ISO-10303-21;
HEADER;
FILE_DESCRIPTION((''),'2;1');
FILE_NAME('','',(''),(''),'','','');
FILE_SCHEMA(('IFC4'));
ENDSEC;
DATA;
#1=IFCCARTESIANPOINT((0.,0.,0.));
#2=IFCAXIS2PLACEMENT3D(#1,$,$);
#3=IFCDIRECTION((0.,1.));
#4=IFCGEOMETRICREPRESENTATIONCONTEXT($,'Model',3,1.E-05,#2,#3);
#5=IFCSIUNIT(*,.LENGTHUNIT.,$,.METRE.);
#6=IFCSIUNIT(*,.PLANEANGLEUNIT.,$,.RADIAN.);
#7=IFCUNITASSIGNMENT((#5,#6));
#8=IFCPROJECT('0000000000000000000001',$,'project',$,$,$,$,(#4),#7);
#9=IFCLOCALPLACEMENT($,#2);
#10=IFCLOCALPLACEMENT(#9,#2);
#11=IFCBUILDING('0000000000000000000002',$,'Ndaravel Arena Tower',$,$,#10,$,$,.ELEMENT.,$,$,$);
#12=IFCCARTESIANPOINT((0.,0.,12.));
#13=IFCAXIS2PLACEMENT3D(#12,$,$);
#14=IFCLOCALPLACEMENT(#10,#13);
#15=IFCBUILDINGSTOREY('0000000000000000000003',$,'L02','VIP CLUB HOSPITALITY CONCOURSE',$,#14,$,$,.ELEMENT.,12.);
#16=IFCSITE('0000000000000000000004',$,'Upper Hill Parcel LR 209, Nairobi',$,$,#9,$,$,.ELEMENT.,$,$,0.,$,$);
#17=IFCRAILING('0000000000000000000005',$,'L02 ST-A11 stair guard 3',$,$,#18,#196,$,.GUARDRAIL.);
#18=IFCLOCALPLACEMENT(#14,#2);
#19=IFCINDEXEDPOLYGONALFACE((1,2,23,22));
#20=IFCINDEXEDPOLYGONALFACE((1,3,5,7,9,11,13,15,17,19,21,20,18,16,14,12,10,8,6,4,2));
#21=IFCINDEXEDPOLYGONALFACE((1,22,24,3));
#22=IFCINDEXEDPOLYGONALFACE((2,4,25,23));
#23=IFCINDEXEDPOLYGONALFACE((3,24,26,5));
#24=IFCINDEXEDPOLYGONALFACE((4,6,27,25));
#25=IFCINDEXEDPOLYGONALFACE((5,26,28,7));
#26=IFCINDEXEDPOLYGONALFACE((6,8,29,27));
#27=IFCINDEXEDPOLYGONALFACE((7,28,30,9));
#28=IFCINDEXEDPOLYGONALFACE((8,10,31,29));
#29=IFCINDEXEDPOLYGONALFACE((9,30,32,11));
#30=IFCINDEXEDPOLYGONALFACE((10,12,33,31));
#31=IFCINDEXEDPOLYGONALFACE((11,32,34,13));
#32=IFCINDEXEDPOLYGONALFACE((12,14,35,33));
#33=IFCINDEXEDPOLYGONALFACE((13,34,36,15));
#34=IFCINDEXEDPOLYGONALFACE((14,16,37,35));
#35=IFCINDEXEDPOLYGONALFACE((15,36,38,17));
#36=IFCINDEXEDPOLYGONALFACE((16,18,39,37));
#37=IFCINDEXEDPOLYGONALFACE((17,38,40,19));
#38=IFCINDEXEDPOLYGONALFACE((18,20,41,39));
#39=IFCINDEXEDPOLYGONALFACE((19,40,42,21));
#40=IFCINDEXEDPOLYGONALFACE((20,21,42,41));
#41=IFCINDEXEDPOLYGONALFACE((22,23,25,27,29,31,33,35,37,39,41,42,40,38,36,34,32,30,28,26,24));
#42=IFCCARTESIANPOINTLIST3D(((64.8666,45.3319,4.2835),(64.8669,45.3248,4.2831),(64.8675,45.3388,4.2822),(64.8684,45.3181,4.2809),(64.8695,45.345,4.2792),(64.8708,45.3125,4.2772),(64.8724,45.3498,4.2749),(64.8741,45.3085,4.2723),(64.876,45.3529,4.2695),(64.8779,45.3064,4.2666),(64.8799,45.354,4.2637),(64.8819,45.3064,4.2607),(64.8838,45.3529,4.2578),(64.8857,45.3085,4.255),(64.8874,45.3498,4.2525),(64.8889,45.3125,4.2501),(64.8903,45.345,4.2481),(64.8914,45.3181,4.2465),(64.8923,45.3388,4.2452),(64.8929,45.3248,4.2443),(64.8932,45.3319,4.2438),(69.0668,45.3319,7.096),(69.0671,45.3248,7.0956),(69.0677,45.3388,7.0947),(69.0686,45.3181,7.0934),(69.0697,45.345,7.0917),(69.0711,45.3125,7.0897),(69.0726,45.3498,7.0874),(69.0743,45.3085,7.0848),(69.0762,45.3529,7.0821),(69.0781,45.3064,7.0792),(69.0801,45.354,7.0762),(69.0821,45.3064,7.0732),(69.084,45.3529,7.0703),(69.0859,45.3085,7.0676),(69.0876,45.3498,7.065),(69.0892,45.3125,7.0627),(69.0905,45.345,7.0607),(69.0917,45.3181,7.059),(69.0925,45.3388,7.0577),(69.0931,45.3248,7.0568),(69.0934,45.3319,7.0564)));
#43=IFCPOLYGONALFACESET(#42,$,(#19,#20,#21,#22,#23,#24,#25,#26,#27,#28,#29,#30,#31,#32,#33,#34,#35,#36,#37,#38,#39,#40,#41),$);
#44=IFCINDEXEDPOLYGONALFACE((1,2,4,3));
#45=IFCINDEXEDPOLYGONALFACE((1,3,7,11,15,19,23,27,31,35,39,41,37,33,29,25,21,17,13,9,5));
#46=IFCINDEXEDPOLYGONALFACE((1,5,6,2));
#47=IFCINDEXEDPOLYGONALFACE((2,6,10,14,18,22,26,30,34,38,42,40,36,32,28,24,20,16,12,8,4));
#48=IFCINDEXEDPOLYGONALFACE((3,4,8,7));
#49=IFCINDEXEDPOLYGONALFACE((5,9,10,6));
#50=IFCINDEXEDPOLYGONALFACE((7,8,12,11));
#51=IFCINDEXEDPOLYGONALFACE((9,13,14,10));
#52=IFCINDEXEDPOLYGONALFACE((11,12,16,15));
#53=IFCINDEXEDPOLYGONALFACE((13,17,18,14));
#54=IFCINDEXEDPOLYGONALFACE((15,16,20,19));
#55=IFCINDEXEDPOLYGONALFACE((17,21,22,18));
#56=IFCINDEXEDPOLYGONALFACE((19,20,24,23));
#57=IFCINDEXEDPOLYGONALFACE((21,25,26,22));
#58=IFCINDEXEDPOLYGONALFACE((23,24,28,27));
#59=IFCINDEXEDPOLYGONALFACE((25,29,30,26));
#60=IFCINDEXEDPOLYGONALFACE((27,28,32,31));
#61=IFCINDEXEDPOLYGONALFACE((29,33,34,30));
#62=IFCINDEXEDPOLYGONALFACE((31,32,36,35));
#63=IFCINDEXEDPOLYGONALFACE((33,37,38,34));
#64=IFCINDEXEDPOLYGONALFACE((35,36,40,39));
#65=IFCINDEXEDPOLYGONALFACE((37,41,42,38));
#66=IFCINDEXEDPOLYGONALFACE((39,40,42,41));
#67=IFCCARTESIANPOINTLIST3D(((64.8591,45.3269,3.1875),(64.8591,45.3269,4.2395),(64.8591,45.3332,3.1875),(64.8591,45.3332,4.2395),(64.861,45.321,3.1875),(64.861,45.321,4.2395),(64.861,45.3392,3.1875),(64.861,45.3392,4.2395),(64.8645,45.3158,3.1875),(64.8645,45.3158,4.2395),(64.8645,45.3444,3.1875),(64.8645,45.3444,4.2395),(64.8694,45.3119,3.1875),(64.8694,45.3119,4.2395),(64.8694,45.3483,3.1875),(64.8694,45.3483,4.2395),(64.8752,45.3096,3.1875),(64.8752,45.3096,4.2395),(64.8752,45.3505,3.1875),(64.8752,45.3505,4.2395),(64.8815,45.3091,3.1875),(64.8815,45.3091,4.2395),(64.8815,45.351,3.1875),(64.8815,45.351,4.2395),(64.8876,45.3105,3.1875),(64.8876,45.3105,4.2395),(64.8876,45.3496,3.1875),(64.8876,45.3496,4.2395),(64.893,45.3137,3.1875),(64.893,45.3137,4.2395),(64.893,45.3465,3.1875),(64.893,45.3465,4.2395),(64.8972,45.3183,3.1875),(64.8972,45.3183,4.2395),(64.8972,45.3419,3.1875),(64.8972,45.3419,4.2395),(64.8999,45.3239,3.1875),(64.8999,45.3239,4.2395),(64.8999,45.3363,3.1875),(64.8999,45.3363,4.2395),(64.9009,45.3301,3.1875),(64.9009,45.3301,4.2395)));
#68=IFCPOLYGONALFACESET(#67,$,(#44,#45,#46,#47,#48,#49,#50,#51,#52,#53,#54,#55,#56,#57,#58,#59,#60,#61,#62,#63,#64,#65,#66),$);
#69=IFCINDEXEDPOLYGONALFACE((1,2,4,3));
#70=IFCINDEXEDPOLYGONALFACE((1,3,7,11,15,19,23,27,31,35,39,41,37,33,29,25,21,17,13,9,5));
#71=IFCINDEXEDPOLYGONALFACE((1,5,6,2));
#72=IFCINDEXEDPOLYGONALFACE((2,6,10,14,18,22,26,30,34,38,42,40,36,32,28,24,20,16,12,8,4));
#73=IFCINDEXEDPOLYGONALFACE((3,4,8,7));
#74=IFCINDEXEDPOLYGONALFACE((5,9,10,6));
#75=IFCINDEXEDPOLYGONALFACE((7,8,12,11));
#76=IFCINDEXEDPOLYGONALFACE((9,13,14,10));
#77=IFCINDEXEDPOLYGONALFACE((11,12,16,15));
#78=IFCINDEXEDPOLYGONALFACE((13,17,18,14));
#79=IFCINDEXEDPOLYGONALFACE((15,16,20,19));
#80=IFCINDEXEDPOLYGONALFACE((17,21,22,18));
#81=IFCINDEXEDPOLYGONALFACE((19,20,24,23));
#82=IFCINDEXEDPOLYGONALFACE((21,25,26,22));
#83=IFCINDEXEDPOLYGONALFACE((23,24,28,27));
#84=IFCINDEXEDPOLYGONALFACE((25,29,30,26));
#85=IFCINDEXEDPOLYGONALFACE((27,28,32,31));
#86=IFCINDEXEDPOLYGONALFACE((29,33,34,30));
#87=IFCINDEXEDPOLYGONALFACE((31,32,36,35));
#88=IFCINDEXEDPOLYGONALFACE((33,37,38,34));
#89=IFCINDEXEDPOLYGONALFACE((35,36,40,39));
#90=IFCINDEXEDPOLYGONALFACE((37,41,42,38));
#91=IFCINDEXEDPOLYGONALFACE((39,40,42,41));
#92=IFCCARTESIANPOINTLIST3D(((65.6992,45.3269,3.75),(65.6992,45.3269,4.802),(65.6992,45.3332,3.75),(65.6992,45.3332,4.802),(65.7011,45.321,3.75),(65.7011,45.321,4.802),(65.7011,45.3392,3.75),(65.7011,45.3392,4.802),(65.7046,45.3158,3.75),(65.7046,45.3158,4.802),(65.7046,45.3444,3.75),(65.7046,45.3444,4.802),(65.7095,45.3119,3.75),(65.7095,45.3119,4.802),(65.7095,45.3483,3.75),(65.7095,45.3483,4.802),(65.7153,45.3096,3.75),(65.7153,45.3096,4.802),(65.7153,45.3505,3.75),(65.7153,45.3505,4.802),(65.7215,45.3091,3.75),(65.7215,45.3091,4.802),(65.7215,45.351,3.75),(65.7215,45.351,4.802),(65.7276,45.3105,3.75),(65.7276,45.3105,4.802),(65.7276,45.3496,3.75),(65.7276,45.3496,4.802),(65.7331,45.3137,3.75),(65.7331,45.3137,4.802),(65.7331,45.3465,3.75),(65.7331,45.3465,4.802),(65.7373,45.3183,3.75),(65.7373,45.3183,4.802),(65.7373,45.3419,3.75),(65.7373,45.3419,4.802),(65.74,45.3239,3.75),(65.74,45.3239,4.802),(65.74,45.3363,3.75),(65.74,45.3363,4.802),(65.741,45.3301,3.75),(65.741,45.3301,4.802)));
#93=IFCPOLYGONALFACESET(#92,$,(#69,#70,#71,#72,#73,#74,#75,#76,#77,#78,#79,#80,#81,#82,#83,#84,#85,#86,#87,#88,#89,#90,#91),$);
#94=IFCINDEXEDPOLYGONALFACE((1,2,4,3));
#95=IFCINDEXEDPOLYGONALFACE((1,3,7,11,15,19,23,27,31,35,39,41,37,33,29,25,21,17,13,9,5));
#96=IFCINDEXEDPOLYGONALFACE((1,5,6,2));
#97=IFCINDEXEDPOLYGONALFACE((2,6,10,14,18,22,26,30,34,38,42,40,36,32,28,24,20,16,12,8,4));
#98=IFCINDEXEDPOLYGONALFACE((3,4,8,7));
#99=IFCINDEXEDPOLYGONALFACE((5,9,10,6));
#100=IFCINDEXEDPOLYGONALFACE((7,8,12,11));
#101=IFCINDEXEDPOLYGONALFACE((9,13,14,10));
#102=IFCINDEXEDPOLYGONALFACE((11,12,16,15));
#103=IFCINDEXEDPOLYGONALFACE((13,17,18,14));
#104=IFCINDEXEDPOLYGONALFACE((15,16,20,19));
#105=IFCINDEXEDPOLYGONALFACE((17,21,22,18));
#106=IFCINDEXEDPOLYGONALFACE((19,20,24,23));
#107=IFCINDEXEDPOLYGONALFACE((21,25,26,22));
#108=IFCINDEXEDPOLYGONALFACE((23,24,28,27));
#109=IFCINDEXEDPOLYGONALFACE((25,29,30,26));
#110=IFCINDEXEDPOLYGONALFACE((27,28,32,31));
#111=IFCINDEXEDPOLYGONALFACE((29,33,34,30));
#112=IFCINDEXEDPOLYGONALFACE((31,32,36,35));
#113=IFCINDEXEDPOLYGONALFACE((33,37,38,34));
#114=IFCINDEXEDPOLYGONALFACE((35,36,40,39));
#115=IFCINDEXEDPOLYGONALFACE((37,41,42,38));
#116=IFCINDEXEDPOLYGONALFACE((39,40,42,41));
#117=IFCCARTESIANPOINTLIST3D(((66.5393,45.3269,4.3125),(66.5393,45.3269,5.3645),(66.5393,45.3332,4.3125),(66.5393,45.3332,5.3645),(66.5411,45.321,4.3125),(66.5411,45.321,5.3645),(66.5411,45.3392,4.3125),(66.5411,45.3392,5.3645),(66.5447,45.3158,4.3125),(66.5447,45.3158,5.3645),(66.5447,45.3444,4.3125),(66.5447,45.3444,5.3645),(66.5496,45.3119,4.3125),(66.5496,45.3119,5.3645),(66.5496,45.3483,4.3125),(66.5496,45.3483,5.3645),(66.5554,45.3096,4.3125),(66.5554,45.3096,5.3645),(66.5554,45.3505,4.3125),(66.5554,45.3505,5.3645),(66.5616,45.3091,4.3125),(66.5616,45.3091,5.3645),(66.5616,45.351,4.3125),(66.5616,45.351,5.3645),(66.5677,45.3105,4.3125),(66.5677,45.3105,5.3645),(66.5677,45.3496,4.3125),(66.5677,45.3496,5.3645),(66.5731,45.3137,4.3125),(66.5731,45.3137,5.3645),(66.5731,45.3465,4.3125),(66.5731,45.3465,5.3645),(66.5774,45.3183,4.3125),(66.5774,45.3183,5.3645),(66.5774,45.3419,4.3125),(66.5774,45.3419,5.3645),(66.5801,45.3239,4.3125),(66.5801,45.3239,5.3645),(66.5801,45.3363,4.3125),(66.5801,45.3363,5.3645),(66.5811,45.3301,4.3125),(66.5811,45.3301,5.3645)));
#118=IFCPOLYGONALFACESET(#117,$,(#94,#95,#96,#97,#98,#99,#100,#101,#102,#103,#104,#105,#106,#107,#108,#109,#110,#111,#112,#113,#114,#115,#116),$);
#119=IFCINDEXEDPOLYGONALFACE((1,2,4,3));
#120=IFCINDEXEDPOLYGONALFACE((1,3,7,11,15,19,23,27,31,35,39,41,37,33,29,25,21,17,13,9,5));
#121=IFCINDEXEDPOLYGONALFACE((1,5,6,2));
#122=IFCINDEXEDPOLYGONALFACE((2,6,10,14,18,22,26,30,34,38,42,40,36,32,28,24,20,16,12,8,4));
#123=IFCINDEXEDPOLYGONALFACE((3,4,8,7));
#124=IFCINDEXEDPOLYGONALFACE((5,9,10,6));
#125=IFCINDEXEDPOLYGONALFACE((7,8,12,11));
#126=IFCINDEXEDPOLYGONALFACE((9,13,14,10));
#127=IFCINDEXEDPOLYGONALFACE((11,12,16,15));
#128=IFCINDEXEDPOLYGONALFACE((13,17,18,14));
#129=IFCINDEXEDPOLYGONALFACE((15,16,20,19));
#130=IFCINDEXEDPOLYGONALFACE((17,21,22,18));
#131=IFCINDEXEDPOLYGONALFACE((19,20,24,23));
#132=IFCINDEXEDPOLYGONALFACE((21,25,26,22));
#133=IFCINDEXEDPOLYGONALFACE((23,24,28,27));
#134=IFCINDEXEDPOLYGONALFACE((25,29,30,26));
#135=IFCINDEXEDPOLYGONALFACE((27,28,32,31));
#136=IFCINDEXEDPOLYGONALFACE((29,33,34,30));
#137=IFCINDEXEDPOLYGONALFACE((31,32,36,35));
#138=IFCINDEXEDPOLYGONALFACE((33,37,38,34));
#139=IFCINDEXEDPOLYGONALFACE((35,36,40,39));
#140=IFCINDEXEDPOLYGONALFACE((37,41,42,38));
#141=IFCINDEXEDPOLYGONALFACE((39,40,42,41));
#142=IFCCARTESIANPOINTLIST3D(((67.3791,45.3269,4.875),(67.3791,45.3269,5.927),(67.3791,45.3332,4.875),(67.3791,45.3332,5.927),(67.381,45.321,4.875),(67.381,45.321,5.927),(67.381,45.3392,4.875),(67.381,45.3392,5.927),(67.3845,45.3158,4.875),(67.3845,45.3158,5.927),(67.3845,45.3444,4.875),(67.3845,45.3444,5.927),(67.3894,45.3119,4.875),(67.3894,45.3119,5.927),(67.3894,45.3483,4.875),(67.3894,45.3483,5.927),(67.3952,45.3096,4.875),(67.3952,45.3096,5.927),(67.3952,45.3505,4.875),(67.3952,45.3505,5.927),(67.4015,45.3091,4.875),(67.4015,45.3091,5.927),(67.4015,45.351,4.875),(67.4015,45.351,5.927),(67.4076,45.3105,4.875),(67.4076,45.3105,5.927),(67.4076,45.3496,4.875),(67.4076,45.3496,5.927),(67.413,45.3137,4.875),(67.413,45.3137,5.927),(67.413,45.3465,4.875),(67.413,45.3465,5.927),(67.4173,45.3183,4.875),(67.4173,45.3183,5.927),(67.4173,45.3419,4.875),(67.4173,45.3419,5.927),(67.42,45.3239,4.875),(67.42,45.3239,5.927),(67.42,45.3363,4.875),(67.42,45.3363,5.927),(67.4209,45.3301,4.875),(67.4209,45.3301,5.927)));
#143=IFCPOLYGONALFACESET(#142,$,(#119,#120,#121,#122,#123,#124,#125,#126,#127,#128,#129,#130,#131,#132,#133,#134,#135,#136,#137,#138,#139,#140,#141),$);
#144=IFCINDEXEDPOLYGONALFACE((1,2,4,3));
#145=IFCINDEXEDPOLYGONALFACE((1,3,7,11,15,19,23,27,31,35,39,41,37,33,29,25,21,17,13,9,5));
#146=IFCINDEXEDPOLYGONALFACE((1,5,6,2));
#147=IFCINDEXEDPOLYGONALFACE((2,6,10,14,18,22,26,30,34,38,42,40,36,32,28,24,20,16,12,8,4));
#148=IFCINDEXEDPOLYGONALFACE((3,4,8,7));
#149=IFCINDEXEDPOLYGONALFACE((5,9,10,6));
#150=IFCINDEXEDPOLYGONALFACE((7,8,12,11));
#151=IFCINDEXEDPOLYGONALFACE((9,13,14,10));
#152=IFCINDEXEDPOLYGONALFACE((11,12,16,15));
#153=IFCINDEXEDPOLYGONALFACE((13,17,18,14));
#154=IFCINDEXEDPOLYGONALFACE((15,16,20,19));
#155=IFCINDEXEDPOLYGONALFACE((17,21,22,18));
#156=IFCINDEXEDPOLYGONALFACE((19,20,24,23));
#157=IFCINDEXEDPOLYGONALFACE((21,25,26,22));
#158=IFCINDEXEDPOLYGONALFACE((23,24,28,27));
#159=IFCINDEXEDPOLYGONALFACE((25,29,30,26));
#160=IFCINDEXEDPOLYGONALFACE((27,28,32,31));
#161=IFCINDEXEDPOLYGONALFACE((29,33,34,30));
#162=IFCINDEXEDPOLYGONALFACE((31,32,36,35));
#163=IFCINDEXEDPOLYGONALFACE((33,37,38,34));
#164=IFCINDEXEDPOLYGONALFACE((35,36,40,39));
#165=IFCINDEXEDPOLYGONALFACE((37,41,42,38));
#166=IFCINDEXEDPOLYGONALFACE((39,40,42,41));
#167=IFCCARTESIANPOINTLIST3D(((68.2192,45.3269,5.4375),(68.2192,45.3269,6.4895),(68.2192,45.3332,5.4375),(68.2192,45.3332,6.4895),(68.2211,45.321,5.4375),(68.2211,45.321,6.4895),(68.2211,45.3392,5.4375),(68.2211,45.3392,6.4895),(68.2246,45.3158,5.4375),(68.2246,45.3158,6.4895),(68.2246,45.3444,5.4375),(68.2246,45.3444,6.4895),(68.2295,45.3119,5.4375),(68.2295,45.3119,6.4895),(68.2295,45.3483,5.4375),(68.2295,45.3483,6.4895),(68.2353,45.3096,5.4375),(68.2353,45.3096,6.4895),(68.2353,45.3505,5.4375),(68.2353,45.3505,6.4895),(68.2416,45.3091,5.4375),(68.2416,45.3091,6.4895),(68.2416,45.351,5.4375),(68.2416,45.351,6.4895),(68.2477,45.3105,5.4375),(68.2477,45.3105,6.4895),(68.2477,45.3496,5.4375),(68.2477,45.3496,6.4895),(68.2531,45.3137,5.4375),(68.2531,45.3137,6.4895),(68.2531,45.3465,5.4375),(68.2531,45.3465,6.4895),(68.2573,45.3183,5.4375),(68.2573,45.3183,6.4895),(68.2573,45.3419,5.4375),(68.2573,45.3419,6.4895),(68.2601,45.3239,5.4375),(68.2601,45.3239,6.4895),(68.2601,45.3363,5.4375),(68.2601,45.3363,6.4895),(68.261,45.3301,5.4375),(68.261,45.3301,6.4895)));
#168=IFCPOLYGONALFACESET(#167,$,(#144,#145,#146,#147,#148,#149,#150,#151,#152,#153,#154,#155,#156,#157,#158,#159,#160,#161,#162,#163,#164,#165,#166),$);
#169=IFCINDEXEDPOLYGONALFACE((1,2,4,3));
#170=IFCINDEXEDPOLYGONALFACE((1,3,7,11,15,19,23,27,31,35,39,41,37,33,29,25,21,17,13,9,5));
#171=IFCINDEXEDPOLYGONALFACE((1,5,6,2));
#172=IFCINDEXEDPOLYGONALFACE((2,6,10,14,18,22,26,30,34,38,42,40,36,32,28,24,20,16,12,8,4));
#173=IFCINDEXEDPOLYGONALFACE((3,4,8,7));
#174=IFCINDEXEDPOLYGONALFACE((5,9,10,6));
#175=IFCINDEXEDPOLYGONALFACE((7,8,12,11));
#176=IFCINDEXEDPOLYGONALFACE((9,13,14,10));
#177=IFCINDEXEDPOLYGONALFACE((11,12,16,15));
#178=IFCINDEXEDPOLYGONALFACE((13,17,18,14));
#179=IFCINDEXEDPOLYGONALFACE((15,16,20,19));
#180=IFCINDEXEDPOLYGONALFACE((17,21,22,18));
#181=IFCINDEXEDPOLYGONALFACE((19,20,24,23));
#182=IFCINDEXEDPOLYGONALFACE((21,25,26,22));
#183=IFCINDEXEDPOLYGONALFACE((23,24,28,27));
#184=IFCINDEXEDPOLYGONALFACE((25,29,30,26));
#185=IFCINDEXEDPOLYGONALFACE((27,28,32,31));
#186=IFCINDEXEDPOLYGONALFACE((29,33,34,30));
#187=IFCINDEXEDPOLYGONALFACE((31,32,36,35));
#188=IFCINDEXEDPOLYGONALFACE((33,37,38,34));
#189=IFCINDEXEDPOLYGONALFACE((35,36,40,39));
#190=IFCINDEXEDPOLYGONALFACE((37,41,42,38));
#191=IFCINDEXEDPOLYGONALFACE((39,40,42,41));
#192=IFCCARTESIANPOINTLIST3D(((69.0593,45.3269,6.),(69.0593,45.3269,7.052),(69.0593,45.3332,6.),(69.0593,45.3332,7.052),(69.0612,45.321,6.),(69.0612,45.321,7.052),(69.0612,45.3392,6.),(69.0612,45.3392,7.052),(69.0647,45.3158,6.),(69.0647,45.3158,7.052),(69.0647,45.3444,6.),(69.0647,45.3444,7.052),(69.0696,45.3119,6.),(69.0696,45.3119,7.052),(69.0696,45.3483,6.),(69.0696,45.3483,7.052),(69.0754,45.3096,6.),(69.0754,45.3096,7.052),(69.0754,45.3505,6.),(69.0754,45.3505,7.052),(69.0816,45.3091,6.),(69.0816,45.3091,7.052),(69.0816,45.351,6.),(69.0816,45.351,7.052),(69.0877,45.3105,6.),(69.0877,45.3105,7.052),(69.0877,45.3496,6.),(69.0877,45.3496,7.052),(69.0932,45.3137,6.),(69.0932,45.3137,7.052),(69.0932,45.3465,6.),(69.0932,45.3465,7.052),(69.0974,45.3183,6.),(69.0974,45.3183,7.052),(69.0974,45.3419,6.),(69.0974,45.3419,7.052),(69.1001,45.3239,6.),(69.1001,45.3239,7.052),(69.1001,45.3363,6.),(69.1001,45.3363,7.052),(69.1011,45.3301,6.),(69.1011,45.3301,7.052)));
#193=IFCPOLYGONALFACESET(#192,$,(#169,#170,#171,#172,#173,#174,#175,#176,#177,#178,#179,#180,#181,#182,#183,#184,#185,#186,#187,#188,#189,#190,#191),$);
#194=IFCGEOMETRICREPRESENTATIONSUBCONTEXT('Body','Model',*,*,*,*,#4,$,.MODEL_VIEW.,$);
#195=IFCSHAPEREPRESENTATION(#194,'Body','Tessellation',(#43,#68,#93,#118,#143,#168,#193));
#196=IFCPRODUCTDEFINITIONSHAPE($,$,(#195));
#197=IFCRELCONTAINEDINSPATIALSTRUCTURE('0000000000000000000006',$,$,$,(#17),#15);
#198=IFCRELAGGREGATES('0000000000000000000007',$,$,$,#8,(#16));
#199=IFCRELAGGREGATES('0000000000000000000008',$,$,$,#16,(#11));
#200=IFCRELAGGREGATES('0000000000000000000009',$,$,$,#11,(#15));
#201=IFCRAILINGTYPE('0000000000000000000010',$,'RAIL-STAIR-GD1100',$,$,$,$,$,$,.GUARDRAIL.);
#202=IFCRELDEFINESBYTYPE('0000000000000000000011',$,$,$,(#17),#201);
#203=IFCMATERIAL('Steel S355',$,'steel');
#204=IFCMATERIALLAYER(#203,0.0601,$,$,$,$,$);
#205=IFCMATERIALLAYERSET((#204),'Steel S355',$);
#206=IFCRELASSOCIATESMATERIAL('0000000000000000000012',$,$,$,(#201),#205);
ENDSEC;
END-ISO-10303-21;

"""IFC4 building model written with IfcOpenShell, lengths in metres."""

from ifc_helpers import new_model, si_unit, direction, frame, origin, origin_2d, place, context, subcontext, project, spatial, circle, extrude, material, layer, layer_set, type_object, element, save


model = new_model("IFC4")

# Units and contexts
model_context = context("Model", 3, precision=1e-05, world=origin(), true_north=direction((0.0, 1.0)))
body_context = subcontext(model_context, "Body", "Model", "MODEL_VIEW")
ifc_project = project(units=[si_unit("LENGTHUNIT", "METRE"), si_unit("PLANEANGLEUNIT", "RADIAN")], contexts=[model_context])

# Site, building, storey
site_placement = place(None, origin())
site = spatial("IfcSite", under=ifc_project, at=site_placement, Name="Upper Hill Parcel LR 209, Nairobi", CompositionType="ELEMENT", RefElevation=0.0)
building_placement = place(site_placement, origin())
building = spatial("IfcBuilding", under=site, at=building_placement, Name="Ndaravel Arena Tower", CompositionType="ELEMENT")
storey_placement = place(building_placement, frame((0.0, 0.0, 12.0)))
storey = spatial("IfcBuildingStorey", under=building, at=storey_placement, Name="L02", Description="VIP CLUB HOSPITALITY CONCOURSE", CompositionType="ELEMENT", Elevation=12.0)

# Railing
ifc_material_1 = material(Name="Steel S355", Category="steel")
ifc_layer_1 = layer(ifc_material_1, 0.0601)
ifc_layer_set_1 = layer_set([ifc_layer_1], Name="Steel S355")
railing_type_1 = type_object("IfcRailingType", Name="RAIL-STAIR-GD1100", PredefinedType="GUARDRAIL", material=ifc_layer_set_1)
railing_1_placement = place(storey_placement, frame((64.8799, 45.3301, 3.1875)))
element("IfcRailing", 1, at=railing_1_placement, inside=storey, type_object=railing_type_1, Name="L02 ST-A11 stair guard 3", PredefinedType="GUARDRAIL", context=body_context, shape_type="SweptSolid", body=[
    extrude(circle(Radius=0.0239, at=origin_2d()), frame((0.0, 0.0, 1.0762), z_axis=(0.830919, 0.0, 0.556393), x_axis=(0.0, 1.0, 0.0)), (0.0, 0.0, 1.0), 5.0549),
    extrude(circle(Radius=0.021, at=origin_2d()), origin(), (0.0, 0.0, 1.0), 1.052),
    extrude(circle(Radius=0.021, at=origin_2d()), frame((0.8401, 0.0, 0.5625)), (0.0, 0.0, 1.0), 1.052),
    extrude(circle(Radius=0.021, at=origin_2d()), frame((1.6802, 0.0, 1.125)), (0.0, 0.0, 1.0), 1.052),
    extrude(circle(Radius=0.021, at=origin_2d()), frame((2.52, 0.0, 1.6875)), (0.0, 0.0, 1.0), 1.052),
    extrude(circle(Radius=0.021, at=origin_2d()), frame((3.3601, 0.0, 2.25)), (0.0, 0.0, 1.0), 1.052),
    extrude(circle(Radius=0.021, at=origin_2d()), frame((4.2002, 0.0, 2.8125)), (0.0, 0.0, 1.0), 1.052),
])

save(model, "model.ifc")
